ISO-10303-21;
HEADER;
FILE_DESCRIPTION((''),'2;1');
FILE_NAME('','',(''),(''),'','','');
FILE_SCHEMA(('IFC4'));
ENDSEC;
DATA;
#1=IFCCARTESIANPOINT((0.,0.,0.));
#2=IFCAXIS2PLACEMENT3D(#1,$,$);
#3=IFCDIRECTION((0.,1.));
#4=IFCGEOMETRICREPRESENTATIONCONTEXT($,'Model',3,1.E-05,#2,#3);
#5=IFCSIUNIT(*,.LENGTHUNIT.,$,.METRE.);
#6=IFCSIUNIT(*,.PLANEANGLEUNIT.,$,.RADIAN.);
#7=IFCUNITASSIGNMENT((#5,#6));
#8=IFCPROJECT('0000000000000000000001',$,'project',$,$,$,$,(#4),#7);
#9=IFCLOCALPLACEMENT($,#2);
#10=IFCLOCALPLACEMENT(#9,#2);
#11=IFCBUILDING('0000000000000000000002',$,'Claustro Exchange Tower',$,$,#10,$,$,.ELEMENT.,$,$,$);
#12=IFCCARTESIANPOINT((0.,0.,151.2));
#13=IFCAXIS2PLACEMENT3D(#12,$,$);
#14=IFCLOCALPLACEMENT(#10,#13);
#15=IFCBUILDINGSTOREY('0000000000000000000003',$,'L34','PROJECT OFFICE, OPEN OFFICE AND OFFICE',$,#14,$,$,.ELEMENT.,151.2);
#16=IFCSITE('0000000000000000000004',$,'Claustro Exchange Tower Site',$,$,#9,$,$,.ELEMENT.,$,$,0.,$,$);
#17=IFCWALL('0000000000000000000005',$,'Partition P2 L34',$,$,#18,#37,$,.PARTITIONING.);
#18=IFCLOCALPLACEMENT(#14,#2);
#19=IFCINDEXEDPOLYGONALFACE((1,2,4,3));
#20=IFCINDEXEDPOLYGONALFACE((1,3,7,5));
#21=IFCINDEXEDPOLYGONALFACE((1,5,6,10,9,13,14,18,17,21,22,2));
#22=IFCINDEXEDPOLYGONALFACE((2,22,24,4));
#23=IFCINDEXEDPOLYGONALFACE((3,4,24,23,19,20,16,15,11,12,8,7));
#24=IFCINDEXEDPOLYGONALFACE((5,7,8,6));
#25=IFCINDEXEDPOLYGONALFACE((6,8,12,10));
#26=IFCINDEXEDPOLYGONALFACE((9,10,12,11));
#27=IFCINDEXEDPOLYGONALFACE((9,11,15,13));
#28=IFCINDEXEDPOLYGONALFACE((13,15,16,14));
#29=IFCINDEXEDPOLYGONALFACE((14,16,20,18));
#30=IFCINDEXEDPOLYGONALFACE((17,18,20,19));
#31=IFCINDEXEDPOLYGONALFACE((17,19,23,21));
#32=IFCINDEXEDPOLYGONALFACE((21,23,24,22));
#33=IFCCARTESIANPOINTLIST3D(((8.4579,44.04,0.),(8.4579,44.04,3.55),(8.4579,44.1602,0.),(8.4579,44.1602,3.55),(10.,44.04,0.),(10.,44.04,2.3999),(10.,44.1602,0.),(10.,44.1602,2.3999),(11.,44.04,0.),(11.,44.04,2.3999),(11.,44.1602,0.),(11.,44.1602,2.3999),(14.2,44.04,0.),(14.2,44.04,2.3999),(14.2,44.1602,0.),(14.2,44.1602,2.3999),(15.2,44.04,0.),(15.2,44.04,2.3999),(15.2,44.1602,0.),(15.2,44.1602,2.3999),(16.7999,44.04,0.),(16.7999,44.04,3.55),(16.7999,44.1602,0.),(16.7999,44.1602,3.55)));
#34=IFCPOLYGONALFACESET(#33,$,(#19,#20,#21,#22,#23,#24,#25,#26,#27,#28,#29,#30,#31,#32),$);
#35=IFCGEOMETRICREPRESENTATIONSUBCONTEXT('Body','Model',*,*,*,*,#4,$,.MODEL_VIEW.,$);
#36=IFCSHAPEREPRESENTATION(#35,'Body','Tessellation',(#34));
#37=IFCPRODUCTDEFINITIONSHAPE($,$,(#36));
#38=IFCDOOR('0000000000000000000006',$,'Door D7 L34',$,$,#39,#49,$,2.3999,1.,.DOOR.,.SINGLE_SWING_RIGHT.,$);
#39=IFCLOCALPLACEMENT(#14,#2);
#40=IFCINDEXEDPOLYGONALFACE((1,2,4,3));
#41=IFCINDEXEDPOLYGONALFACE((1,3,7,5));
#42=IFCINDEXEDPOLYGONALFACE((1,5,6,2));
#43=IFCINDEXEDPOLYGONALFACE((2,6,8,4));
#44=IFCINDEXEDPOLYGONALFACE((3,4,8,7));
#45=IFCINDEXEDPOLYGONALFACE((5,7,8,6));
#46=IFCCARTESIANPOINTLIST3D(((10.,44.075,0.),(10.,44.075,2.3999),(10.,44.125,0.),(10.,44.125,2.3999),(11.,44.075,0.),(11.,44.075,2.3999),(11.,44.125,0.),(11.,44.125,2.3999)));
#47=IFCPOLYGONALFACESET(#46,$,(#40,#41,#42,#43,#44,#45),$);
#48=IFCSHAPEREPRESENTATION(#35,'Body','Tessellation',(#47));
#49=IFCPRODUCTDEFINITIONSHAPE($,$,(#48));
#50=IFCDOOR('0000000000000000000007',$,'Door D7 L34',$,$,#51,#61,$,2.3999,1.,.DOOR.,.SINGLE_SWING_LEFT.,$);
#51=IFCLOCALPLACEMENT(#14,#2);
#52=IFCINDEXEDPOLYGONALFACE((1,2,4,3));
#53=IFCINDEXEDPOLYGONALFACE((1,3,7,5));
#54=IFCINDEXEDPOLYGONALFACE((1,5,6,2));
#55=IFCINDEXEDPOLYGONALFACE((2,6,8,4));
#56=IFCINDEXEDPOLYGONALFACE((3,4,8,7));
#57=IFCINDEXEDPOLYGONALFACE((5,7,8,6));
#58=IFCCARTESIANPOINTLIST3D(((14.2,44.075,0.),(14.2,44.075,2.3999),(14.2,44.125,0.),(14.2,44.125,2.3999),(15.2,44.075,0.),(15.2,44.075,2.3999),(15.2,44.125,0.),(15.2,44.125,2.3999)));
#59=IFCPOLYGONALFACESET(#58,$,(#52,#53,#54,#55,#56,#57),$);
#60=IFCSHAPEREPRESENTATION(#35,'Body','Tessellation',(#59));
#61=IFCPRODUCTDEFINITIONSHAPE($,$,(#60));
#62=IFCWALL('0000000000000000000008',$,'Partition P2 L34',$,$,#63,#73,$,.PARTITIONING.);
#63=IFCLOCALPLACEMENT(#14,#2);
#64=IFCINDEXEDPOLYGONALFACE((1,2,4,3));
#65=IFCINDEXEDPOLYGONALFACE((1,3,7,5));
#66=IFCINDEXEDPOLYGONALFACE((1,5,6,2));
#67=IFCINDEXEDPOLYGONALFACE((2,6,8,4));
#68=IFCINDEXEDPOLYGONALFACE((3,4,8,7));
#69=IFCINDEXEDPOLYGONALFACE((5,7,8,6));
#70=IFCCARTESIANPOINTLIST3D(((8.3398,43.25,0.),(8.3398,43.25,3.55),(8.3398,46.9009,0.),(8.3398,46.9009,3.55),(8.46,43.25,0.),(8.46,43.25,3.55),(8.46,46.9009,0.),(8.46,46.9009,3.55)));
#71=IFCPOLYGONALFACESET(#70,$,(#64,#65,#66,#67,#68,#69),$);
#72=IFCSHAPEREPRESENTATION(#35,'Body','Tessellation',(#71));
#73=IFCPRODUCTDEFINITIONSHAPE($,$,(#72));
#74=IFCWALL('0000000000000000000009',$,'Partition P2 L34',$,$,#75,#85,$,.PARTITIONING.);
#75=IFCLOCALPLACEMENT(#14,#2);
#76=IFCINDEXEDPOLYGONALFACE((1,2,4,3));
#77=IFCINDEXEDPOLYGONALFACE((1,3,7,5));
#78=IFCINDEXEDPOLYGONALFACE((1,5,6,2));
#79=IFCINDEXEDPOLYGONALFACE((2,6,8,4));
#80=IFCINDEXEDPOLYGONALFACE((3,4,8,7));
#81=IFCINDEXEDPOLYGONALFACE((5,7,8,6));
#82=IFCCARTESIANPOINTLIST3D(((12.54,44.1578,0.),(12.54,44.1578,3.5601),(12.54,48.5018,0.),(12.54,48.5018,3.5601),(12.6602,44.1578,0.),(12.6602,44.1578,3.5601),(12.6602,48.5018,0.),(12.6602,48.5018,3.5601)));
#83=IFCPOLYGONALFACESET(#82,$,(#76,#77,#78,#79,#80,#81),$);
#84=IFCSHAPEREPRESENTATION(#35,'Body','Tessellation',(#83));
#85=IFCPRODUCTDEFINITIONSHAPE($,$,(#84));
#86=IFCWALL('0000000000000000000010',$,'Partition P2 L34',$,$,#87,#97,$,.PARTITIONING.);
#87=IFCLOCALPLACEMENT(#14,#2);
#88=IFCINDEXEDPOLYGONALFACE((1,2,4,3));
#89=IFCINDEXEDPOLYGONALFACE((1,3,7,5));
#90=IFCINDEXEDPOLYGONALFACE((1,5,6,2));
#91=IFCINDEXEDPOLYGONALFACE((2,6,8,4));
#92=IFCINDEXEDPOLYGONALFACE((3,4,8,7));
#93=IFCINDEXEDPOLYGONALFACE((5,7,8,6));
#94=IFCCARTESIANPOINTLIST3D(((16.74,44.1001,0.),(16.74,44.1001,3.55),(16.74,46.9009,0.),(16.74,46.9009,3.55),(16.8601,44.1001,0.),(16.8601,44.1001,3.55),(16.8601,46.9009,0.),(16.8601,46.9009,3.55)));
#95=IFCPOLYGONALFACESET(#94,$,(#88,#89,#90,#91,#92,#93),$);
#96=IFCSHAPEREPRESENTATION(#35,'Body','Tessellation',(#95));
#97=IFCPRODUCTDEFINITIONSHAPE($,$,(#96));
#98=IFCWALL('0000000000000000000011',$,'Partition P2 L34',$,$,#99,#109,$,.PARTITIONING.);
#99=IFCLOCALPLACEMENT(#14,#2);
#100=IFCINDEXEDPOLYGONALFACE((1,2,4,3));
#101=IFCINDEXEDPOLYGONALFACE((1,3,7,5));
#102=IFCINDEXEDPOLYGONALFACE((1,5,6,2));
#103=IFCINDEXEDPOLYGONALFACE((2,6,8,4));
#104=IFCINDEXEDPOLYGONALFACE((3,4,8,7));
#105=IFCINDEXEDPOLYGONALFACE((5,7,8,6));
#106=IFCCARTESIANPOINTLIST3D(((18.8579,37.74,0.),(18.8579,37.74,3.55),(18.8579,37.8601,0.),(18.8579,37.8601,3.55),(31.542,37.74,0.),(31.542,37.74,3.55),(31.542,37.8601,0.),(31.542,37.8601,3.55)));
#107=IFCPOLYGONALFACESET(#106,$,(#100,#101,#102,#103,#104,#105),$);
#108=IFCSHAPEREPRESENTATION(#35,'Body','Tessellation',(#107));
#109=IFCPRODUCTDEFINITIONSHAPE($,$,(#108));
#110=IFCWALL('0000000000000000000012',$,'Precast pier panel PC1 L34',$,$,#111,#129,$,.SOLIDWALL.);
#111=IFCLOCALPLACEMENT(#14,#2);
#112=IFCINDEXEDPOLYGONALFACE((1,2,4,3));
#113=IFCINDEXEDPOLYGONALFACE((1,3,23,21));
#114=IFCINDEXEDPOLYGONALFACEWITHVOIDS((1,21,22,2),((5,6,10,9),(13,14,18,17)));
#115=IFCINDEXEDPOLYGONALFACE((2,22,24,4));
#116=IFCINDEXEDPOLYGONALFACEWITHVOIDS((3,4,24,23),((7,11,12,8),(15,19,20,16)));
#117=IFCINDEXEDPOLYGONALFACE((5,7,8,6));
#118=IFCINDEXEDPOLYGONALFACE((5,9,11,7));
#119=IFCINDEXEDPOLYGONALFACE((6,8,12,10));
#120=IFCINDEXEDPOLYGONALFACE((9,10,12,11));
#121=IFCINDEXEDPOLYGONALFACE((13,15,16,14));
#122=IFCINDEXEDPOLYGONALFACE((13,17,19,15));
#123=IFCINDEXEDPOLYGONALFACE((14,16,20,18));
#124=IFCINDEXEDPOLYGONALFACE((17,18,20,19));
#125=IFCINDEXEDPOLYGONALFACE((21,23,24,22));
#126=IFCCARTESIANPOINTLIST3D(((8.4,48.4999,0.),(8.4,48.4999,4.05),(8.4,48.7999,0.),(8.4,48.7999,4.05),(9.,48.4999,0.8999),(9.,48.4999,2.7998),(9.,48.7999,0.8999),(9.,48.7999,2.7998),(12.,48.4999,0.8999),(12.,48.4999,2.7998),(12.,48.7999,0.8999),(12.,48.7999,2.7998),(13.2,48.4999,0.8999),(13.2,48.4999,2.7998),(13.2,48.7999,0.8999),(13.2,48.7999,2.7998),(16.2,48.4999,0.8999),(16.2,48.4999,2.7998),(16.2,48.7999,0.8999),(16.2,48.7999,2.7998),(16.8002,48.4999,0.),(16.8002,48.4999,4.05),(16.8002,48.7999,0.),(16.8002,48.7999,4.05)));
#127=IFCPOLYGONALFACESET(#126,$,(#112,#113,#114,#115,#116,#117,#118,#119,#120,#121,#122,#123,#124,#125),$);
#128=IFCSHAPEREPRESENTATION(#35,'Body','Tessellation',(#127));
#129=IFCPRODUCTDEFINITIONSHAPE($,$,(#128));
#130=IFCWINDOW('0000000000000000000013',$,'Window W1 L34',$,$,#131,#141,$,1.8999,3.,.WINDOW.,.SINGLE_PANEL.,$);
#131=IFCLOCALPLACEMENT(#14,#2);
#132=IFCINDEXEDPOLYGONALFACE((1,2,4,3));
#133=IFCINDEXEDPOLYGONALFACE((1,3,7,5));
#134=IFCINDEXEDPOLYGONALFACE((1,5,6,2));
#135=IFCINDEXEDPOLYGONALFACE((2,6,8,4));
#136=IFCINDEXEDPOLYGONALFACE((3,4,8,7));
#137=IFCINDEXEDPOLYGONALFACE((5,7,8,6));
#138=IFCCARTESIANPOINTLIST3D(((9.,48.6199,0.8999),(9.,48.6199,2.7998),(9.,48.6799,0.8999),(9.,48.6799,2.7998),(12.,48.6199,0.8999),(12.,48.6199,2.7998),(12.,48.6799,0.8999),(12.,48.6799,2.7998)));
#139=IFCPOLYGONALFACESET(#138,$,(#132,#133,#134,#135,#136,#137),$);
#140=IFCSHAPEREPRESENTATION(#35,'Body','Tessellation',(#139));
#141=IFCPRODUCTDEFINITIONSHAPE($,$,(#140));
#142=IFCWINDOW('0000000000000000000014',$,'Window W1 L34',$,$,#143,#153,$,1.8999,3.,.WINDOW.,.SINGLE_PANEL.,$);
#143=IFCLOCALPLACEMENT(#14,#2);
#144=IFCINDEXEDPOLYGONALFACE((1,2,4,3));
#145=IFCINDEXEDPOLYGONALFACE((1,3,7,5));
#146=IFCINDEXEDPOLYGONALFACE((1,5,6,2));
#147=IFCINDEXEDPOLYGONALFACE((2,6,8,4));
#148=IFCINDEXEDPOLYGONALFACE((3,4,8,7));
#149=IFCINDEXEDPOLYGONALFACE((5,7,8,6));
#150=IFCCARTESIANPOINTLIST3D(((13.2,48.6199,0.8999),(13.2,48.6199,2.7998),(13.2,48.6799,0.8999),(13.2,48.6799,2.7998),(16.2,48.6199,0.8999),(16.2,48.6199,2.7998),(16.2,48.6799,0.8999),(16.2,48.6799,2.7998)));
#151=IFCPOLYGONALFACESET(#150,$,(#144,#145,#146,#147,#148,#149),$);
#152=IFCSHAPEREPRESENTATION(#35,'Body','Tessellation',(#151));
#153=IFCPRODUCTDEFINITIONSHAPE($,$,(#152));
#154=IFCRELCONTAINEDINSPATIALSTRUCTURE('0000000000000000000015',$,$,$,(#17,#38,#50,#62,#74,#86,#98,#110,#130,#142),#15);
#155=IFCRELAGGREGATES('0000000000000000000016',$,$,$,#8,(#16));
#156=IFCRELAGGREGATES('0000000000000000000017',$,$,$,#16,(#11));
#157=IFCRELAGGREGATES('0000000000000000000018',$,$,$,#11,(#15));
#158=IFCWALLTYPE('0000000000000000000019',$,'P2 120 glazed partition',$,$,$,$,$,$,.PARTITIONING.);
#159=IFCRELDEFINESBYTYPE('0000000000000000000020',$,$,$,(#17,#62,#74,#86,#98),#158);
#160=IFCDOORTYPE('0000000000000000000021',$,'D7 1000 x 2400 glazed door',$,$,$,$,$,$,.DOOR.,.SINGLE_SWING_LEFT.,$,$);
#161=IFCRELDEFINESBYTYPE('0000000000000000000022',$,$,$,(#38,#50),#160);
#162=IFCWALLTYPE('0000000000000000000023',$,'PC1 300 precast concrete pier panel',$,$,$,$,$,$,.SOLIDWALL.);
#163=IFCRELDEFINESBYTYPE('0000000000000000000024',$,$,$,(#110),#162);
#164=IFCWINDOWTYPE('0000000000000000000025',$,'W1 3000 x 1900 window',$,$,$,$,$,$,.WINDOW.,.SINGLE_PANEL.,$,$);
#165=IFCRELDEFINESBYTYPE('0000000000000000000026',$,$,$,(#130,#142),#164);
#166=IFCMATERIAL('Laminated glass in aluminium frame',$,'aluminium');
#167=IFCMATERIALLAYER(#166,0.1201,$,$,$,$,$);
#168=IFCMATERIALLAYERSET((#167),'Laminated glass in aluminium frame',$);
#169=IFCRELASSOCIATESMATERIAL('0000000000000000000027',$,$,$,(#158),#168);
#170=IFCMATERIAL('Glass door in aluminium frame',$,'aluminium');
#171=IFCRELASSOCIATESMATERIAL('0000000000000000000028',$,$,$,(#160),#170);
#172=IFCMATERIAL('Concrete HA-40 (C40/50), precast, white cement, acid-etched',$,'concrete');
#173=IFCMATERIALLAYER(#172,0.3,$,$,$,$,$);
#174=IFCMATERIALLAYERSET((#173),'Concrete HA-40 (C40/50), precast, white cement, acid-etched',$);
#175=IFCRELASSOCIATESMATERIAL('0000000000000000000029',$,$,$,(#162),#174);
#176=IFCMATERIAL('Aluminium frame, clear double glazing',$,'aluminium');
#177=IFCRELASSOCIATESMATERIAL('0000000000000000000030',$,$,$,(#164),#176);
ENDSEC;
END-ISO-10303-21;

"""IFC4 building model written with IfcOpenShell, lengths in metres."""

from ifc_helpers import new_model, si_unit, direction, frame, frame_2d, origin, place, context, subcontext, project, spatial, rectangle, extrude, material, layer, layer_set, type_object, element, fill, save


model = new_model("IFC4")

# Units and contexts
model_context = context("Model", 3, precision=1e-05, world=origin(), true_north=direction((0.0, 1.0)))
body_context = subcontext(model_context, "Body", "Model", "MODEL_VIEW")
ifc_project = project(units=[si_unit("LENGTHUNIT", "METRE"), si_unit("PLANEANGLEUNIT", "RADIAN")], contexts=[model_context])

# Site, building, storey
site_placement = place(None, origin())
site = spatial("IfcSite", under=ifc_project, at=site_placement, Name="Claustro Exchange Tower Site", CompositionType="ELEMENT", RefElevation=0.0)
building_placement = place(site_placement, origin())
building = spatial("IfcBuilding", under=site, at=building_placement, Name="Claustro Exchange Tower", CompositionType="ELEMENT")
storey_placement = place(building_placement, frame((0.0, 0.0, 151.2)))
storey = spatial("IfcBuildingStorey", under=building, at=storey_placement, Name="L34", Description="PROJECT OFFICE, OPEN OFFICE AND OFFICE", CompositionType="ELEMENT", Elevation=151.2)

# Wall, openings, doors
ifc_material_1 = material(Name="Laminated glass in aluminium frame", Category="aluminium")
ifc_layer_1 = layer(ifc_material_1, 0.1201)
ifc_layer_set_1 = layer_set([ifc_layer_1], Name="Laminated glass in aluminium frame")
wall_type_1 = type_object("IfcWallType", Name="P2 120 glazed partition", PredefinedType="PARTITIONING", material=ifc_layer_set_1)
wall_1_placement = place(storey_placement, frame((8.458, 44.1001, 0.0), z_axis=(0.0, 0.0, 1.0), x_axis=(1.0, 0.0, 0.0)))
wall_1 = element("IfcWall", 1, at=wall_1_placement, inside=storey, type_object=wall_type_1, Name="Partition P2 L34", PredefinedType="PARTITIONING", context=body_context, shape_type="SweptSolid", body=[
    extrude(rectangle(XDim=8.342, YDim=0.1201, at=frame_2d((4.1709, 0.0))), origin(), (0.0, 0.0, 1.0), 3.55),
])
opening_1_placement = place(wall_1_placement, frame((1.542, 0.0, 0.0)))
opening_1 = element("IfcOpeningElement", 2, at=opening_1_placement, cuts=wall_1, PredefinedType="OPENING", context=body_context, shape_type="SweptSolid", body=[
    extrude(rectangle(XDim=1.0, YDim=2.3999, at=frame_2d((0.5, 1.2))), frame((0.0, 0.0701, 0.0), z_axis=(0.0, -1.0, 0.0), x_axis=(1.0, 0.0, 0.0)), (0.0, 0.0, 1.0), 0.1401),
])
opening_2_placement = place(wall_1_placement, frame((5.7419, 0.0, 0.0)))
opening_2 = element("IfcOpeningElement", 3, at=opening_2_placement, cuts=wall_1, PredefinedType="OPENING", context=body_context, shape_type="SweptSolid", body=[
    extrude(rectangle(XDim=1.0, YDim=2.3999, at=frame_2d((0.5, 1.2))), frame((0.0, 0.0701, 0.0), z_axis=(0.0, -1.0, 0.0), x_axis=(1.0, 0.0, 0.0)), (0.0, 0.0, 1.0), 0.1401),
])
ifc_material_2 = material(Name="Glass door in aluminium frame", Category="aluminium")
door_type = type_object("IfcDoorType", Name="D7 1000 x 2400 glazed door", OperationType="SINGLE_SWING_LEFT", PredefinedType="DOOR", material=ifc_material_2)
door_1_placement = place(opening_1_placement, origin())
door_1 = element("IfcDoor", 4, at=door_1_placement, inside=storey, type_object=door_type, Name="Door D7 L34", OperationType="SINGLE_SWING_RIGHT", OverallHeight=2.3999, OverallWidth=1.0, PredefinedType="DOOR", context=body_context, shape_type="SweptSolid", body=[
    extrude(rectangle(XDim=1.0, YDim=2.3999, at=frame_2d((0.5, 1.2))), frame((0.0, 0.0249, 0.0), z_axis=(0.0, -1.0, 0.0), x_axis=(1.0, 0.0, 0.0)), (0.0, 0.0, 1.0), 0.05),
])
fill(opening_1, door_1)
door_2_placement = place(opening_2_placement, origin())
door_2 = element("IfcDoor", 5, at=door_2_placement, inside=storey, type_object=door_type, Name="Door D7 L34", OperationType="SINGLE_SWING_LEFT", OverallHeight=2.3999, OverallWidth=1.0, PredefinedType="DOOR", context=body_context, shape_type="SweptSolid", body=[
    extrude(rectangle(XDim=1.0, YDim=2.3999, at=frame_2d((0.5, 1.2))), frame((0.0, 0.0249, 0.0), z_axis=(0.0, -1.0, 0.0), x_axis=(1.0, 0.0, 0.0)), (0.0, 0.0, 1.0), 0.05),
])
fill(opening_2, door_2)

# Walls
wall_2_placement = place(storey_placement, frame((8.3999, 43.25, 0.0), z_axis=(0.0, 0.0, 1.0), x_axis=(0.0, 1.0, 0.0)))
element("IfcWall", 6, at=wall_2_placement, inside=storey, type_object=wall_type_1, Name="Partition P2 L34", PredefinedType="PARTITIONING", context=body_context, shape_type="SweptSolid", body=[
    extrude(rectangle(XDim=3.6509, YDim=0.1201, at=frame_2d((1.8254, 0.0))), origin(), (0.0, 0.0, 1.0), 3.55),
])
wall_3_placement = place(storey_placement, frame((12.6001, 44.158, 0.0), z_axis=(0.0, 0.0, 1.0), x_axis=(0.0, 1.0, 0.0)))
element("IfcWall", 7, at=wall_3_placement, inside=storey, type_object=wall_type_1, Name="Partition P2 L34", PredefinedType="PARTITIONING", context=body_context, shape_type="SweptSolid", body=[
    extrude(rectangle(XDim=4.344, YDim=0.1201, at=frame_2d((2.1719, 0.0))), origin(), (0.0, 0.0, 1.0), 3.5601),
])
wall_4_placement = place(storey_placement, frame((16.8, 44.1001, 0.0), z_axis=(0.0, 0.0, 1.0), x_axis=(0.0, 1.0, 0.0)))
element("IfcWall", 8, at=wall_4_placement, inside=storey, type_object=wall_type_1, Name="Partition P2 L34", PredefinedType="PARTITIONING", context=body_context, shape_type="SweptSolid", body=[
    extrude(rectangle(XDim=2.8008, YDim=0.1201, at=frame_2d((1.4004, 0.0))), origin(), (0.0, 0.0, 1.0), 3.55),
])
wall_5_placement = place(storey_placement, frame((18.8579, 37.8, 0.0), z_axis=(0.0, 0.0, 1.0), x_axis=(1.0, 0.0, 0.0)))
element("IfcWall", 9, at=wall_5_placement, inside=storey, type_object=wall_type_1, Name="Partition P2 L34", PredefinedType="PARTITIONING", context=body_context, shape_type="SweptSolid", body=[
    extrude(rectangle(XDim=12.6841, YDim=0.1201, at=frame_2d((6.342, 0.0))), origin(), (0.0, 0.0, 1.0), 3.55),
])

# Wall, openings, windows
ifc_material_3 = material(Name="Concrete HA-40 (C40/50), precast, white cement, acid-etched", Category="concrete")
ifc_layer_2 = layer(ifc_material_3, 0.3)
ifc_layer_set_2 = layer_set([ifc_layer_2], Name="Concrete HA-40 (C40/50), precast, white cement, acid-etched")
wall_type_2 = type_object("IfcWallType", Name="PC1 300 precast concrete pier panel", PredefinedType="SOLIDWALL", material=ifc_layer_set_2)
wall_6_placement = place(storey_placement, frame((8.3999, 48.6499, 0.0), z_axis=(0.0, 0.0, 1.0), x_axis=(1.0, 0.0, 0.0)))
wall_6 = element("IfcWall", 10, at=wall_6_placement, inside=storey, type_object=wall_type_2, Name="Precast pier panel PC1 L34", PredefinedType="SOLIDWALL", context=body_context, shape_type="SweptSolid", body=[
    extrude(rectangle(XDim=8.4001, YDim=0.3, at=frame_2d((4.2002, 0.0))), origin(), (0.0, 0.0, 1.0), 4.05),
])
opening_3_placement = place(wall_6_placement, frame((0.6001, 0.0, 0.8999)))
opening_3 = element("IfcOpeningElement", 11, at=opening_3_placement, cuts=wall_6, PredefinedType="OPENING", context=body_context, shape_type="SweptSolid", body=[
    extrude(rectangle(XDim=3.0, YDim=1.8999, at=frame_2d((1.5, 0.95))), frame((0.0, 0.1599, 0.0), z_axis=(0.0, -1.0, 0.0), x_axis=(1.0, 0.0, 0.0)), (0.0, 0.0, 1.0), 0.3201),
])
opening_4_placement = place(wall_6_placement, frame((4.8, 0.0, 0.8999)))
opening_4 = element("IfcOpeningElement", 12, at=opening_4_placement, cuts=wall_6, PredefinedType="OPENING", context=body_context, shape_type="SweptSolid", body=[
    extrude(rectangle(XDim=3.0, YDim=1.8999, at=frame_2d((1.5, 0.95))), frame((0.0, 0.1599, 0.0), z_axis=(0.0, -1.0, 0.0), x_axis=(1.0, 0.0, 0.0)), (0.0, 0.0, 1.0), 0.3201),
])
ifc_material_4 = material(Name="Aluminium frame, clear double glazing", Category="aluminium")
window_type = type_object("IfcWindowType", Name="W1 3000 x 1900 window", PartitioningType="SINGLE_PANEL", PredefinedType="WINDOW", material=ifc_material_4)
window_1_placement = place(opening_3_placement, origin())
window_1 = element("IfcWindow", 13, at=window_1_placement, inside=storey, type_object=window_type, Name="Window W1 L34", OverallHeight=1.8999, OverallWidth=3.0, PartitioningType="SINGLE_PANEL", PredefinedType="WINDOW", context=body_context, shape_type="SweptSolid", body=[
    extrude(rectangle(XDim=3.0, YDim=1.8999, at=frame_2d((1.5, 0.95))), frame((0.0, 0.03, 0.0), z_axis=(0.0, -1.0, 0.0), x_axis=(1.0, 0.0, 0.0)), (0.0, 0.0, 1.0), 0.0601),
])
fill(opening_3, window_1)
window_2_placement = place(opening_4_placement, origin())
window_2 = element("IfcWindow", 14, at=window_2_placement, inside=storey, type_object=window_type, Name="Window W1 L34", OverallHeight=1.8999, OverallWidth=3.0, PartitioningType="SINGLE_PANEL", PredefinedType="WINDOW", context=body_context, shape_type="SweptSolid", body=[
    extrude(rectangle(XDim=3.0, YDim=1.8999, at=frame_2d((1.5, 0.95))), frame((0.0, 0.03, 0.0), z_axis=(0.0, -1.0, 0.0), x_axis=(1.0, 0.0, 0.0)), (0.0, 0.0, 1.0), 0.0601),
])
fill(opening_4, window_2)

save(model, "model.ifc")
